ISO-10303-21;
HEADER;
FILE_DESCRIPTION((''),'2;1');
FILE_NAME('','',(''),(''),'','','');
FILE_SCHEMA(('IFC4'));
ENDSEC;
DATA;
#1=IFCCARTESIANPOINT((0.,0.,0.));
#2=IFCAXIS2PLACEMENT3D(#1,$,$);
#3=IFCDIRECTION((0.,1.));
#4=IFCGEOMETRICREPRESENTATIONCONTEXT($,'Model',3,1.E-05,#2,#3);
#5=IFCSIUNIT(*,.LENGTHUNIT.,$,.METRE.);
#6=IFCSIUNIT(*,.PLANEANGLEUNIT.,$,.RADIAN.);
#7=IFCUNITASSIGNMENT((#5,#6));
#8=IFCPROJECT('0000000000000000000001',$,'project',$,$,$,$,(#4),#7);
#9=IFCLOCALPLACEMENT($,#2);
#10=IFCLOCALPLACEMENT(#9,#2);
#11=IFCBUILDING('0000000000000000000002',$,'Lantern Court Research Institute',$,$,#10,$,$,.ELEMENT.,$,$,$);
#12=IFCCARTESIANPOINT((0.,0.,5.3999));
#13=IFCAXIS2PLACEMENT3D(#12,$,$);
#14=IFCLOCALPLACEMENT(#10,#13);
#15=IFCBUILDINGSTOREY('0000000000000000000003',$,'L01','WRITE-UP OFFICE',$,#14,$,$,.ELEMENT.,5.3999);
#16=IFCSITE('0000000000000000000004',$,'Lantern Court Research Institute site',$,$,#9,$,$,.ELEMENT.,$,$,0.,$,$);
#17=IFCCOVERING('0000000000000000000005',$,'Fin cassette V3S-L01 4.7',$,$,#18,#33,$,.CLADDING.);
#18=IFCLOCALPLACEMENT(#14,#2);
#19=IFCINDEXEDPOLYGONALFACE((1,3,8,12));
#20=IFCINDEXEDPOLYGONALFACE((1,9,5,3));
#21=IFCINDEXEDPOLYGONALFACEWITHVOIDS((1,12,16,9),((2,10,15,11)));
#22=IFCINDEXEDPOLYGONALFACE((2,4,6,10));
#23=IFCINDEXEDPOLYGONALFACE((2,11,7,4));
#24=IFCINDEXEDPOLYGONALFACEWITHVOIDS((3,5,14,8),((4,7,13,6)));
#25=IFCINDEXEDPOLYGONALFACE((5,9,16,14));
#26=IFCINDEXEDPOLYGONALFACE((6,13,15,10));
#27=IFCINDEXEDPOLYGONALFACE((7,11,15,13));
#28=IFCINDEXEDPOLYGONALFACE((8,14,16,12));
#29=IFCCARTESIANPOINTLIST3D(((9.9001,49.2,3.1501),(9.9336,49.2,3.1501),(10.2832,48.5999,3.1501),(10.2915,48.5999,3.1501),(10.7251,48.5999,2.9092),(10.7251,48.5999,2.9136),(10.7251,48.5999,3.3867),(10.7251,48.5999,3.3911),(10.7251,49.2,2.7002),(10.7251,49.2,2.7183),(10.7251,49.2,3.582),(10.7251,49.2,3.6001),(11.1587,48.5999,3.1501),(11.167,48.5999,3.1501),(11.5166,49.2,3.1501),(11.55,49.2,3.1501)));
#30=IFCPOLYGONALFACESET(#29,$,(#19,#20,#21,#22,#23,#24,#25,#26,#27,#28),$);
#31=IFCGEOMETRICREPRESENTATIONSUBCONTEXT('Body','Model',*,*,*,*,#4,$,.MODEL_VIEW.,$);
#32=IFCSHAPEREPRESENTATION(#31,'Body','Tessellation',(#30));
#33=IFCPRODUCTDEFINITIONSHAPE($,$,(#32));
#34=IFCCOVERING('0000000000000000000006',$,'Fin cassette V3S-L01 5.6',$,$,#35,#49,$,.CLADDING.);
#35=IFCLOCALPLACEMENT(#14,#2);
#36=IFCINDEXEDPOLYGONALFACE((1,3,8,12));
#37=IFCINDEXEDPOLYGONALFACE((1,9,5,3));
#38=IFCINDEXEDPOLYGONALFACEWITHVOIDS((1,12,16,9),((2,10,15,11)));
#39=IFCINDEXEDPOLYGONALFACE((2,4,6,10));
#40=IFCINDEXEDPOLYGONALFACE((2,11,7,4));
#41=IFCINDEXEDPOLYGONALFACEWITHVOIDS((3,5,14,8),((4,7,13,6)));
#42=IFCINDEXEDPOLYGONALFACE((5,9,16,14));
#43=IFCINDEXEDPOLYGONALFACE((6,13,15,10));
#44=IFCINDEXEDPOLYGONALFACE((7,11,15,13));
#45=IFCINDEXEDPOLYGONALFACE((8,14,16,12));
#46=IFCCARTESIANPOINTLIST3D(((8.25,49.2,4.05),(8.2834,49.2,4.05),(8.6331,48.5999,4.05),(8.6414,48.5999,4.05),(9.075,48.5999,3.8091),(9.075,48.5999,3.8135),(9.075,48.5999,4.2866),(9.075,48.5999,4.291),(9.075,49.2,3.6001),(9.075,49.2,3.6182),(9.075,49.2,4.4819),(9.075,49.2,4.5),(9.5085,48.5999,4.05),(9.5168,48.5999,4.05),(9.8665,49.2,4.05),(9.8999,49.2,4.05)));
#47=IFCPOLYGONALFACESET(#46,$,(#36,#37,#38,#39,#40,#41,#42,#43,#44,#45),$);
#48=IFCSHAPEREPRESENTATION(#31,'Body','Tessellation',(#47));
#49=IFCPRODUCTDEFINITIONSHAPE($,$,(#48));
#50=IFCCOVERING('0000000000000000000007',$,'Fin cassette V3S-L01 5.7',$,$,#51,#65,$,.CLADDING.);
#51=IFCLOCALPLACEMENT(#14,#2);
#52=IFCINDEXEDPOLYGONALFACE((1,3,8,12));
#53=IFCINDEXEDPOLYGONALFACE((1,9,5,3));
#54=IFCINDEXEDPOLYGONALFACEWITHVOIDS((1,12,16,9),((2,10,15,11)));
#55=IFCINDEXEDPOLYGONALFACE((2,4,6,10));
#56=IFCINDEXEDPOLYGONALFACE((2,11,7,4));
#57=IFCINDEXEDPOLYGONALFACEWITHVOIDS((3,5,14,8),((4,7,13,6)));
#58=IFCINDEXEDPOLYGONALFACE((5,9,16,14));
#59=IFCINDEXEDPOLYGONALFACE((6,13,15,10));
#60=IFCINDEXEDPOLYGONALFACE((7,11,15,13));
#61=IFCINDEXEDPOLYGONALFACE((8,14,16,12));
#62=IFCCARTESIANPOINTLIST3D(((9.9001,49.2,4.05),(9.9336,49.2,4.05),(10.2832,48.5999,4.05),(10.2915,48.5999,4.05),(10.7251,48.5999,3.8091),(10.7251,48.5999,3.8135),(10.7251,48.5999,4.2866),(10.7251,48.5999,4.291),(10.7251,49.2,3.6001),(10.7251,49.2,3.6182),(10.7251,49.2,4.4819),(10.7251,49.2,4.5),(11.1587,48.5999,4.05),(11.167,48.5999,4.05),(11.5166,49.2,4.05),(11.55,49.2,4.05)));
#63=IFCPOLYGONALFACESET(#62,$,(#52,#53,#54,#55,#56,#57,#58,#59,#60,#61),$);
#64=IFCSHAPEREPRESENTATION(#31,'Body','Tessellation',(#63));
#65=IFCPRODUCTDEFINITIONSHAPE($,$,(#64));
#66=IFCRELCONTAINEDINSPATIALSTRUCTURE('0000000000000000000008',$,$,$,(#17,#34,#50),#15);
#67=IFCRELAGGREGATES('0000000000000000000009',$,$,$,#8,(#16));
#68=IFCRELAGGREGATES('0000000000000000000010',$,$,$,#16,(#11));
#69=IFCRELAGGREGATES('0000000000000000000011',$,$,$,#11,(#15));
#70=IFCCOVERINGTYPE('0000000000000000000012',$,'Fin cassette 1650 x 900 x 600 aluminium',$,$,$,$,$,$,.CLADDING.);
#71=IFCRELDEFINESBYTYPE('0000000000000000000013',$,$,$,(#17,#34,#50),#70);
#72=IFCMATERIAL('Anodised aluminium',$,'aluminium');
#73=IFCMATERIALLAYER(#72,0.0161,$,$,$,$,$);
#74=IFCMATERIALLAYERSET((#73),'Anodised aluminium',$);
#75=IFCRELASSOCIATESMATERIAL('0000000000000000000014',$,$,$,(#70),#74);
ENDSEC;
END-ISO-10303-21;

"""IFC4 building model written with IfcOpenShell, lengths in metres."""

from ifc_helpers import new_model, entity, si_unit, direction, frame, origin, place, context, subcontext, project, spatial, material, layer, layer_set, type_object, element, save


model = new_model("IFC4")

# Units and contexts
model_context = context("Model", 3, precision=1e-05, world=origin(), true_north=direction((0.0, 1.0)))
body_context = subcontext(model_context, "Body", "Model", "MODEL_VIEW")
ifc_project = project(units=[si_unit("LENGTHUNIT", "METRE"), si_unit("PLANEANGLEUNIT", "RADIAN")], contexts=[model_context])

# Site, building, storey
site_placement = place(None, origin())
site = spatial("IfcSite", under=ifc_project, at=site_placement, Name="Lantern Court Research Institute site", CompositionType="ELEMENT", RefElevation=0.0)
building_placement = place(site_placement, origin())
building = spatial("IfcBuilding", under=site, at=building_placement, Name="Lantern Court Research Institute", CompositionType="ELEMENT")
storey_placement = place(building_placement, frame((0.0, 0.0, 5.3999)))
storey = spatial("IfcBuildingStorey", under=building, at=storey_placement, Name="L01", Description="WRITE-UP OFFICE", CompositionType="ELEMENT", Elevation=5.3999)

# Coverings
ifc_material_1 = material(Name="Anodised aluminium", Category="aluminium")
ifc_layer_1 = layer(ifc_material_1, 0.0161)
ifc_layer_set_1 = layer_set([ifc_layer_1], Name="Anodised aluminium")
covering_type_1 = type_object("IfcCoveringType", Name="Fin cassette 1650 x 900 x 600 aluminium", PredefinedType="CLADDING", material=ifc_layer_set_1)
covering_1_placement = place(storey_placement, frame((10.7251, 49.2, 3.1501), z_axis=(0.0, -1.0, 0.0), x_axis=(1.0, 0.0, 0.0)))
cartesian_point_1 = entity("IfcCartesianPoint", [0.825, 0.0])
cartesian_point_2 = entity("IfcCartesianPoint", [0.7915, 0.0])
cartesian_point_3 = entity("IfcCartesianPoint", [0.4419, 0.0])
cartesian_point_4 = entity("IfcCartesianPoint", [0.4336, 0.0])
element("IfcCovering", 1, at=covering_1_placement, inside=storey, type_object=covering_type_1, Name="Fin cassette V3S-L01 4.7", PredefinedType="CLADDING", context=body_context, shape_type="SweptSolid", body=[
    entity("IfcExtrudedAreaSolidTapered", entity("IfcArbitraryProfileDefWithVoids", "AREA", None, entity("IfcPolyline", [cartesian_point_1, entity("IfcCartesianPoint", [0.0, 0.45]), entity("IfcCartesianPoint", [-0.825, 0.0]), entity("IfcCartesianPoint", [0.0, -0.45]), cartesian_point_1]), [entity("IfcPolyline", [cartesian_point_2, entity("IfcCartesianPoint", [0.0, 0.4319]), entity("IfcCartesianPoint", [-0.7915, 0.0]), entity("IfcCartesianPoint", [0.0, -0.4319]), cartesian_point_2])]), entity("IfcAxis2Placement3D", entity("IfcCartesianPoint", [0.0, 0.0, 0.0])), entity("IfcDirection", [0.0, 0.0, 1.0]), 0.6001, entity("IfcArbitraryProfileDefWithVoids", "AREA", None, entity("IfcPolyline", [cartesian_point_3, entity("IfcCartesianPoint", [0.0, 0.241]), entity("IfcCartesianPoint", [-0.4419, 0.0]), entity("IfcCartesianPoint", [0.0, -0.241]), cartesian_point_3]), [entity("IfcPolyline", [cartesian_point_4, entity("IfcCartesianPoint", [0.0, 0.2366]), entity("IfcCartesianPoint", [-0.4336, 0.0]), entity("IfcCartesianPoint", [0.0, -0.2366]), cartesian_point_4])])),
])
covering_2_placement = place(storey_placement, frame((9.075, 49.2, 4.05), z_axis=(0.0, -1.0, 0.0), x_axis=(1.0, 0.0, 0.0)))
cartesian_point_5 = entity("IfcCartesianPoint", [0.825, 0.0])
cartesian_point_6 = entity("IfcCartesianPoint", [0.7915, 0.0])
cartesian_point_7 = entity("IfcCartesianPoint", [0.4419, 0.0])
cartesian_point_8 = entity("IfcCartesianPoint", [0.4336, 0.0])
element("IfcCovering", 2, at=covering_2_placement, inside=storey, type_object=covering_type_1, Name="Fin cassette V3S-L01 5.6", PredefinedType="CLADDING", context=body_context, shape_type="SweptSolid", body=[
    entity("IfcExtrudedAreaSolidTapered", entity("IfcArbitraryProfileDefWithVoids", "AREA", None, entity("IfcPolyline", [cartesian_point_5, entity("IfcCartesianPoint", [0.0, 0.45]), entity("IfcCartesianPoint", [-0.825, 0.0]), entity("IfcCartesianPoint", [0.0, -0.45]), cartesian_point_5]), [entity("IfcPolyline", [cartesian_point_6, entity("IfcCartesianPoint", [0.0, 0.4319]), entity("IfcCartesianPoint", [-0.7915, 0.0]), entity("IfcCartesianPoint", [0.0, -0.4319]), cartesian_point_6])]), entity("IfcAxis2Placement3D", entity("IfcCartesianPoint", [0.0, 0.0, 0.0])), entity("IfcDirection", [0.0, 0.0, 1.0]), 0.6001, entity("IfcArbitraryProfileDefWithVoids", "AREA", None, entity("IfcPolyline", [cartesian_point_7, entity("IfcCartesianPoint", [0.0, 0.241]), entity("IfcCartesianPoint", [-0.4419, 0.0]), entity("IfcCartesianPoint", [0.0, -0.241]), cartesian_point_7]), [entity("IfcPolyline", [cartesian_point_8, entity("IfcCartesianPoint", [0.0, 0.2366]), entity("IfcCartesianPoint", [-0.4336, 0.0]), entity("IfcCartesianPoint", [0.0, -0.2366]), cartesian_point_8])])),
])
covering_3_placement = place(storey_placement, frame((10.7251, 49.2, 4.05), z_axis=(0.0, -1.0, 0.0), x_axis=(1.0, 0.0, 0.0)))
cartesian_point_9 = entity("IfcCartesianPoint", [0.825, 0.0])
cartesian_point_10 = entity("IfcCartesianPoint", [0.7915, 0.0])
cartesian_point_11 = entity("IfcCartesianPoint", [0.4419, 0.0])
cartesian_point_12 = entity("IfcCartesianPoint", [0.4336, 0.0])
element("IfcCovering", 3, at=covering_3_placement, inside=storey, type_object=covering_type_1, Name="Fin cassette V3S-L01 5.7", PredefinedType="CLADDING", context=body_context, shape_type="SweptSolid", body=[
    entity("IfcExtrudedAreaSolidTapered", entity("IfcArbitraryProfileDefWithVoids", "AREA", None, entity("IfcPolyline", [cartesian_point_9, entity("IfcCartesianPoint", [0.0, 0.45]), entity("IfcCartesianPoint", [-0.825, 0.0]), entity("IfcCartesianPoint", [0.0, -0.45]), cartesian_point_9]), [entity("IfcPolyline", [cartesian_point_10, entity("IfcCartesianPoint", [0.0, 0.4319]), entity("IfcCartesianPoint", [-0.7915, 0.0]), entity("IfcCartesianPoint", [0.0, -0.4319]), cartesian_point_10])]), entity("IfcAxis2Placement3D", entity("IfcCartesianPoint", [0.0, 0.0, 0.0])), entity("IfcDirection", [0.0, 0.0, 1.0]), 0.6001, entity("IfcArbitraryProfileDefWithVoids", "AREA", None, entity("IfcPolyline", [cartesian_point_11, entity("IfcCartesianPoint", [0.0, 0.241]), entity("IfcCartesianPoint", [-0.4419, 0.0]), entity("IfcCartesianPoint", [0.0, -0.241]), cartesian_point_11]), [entity("IfcPolyline", [cartesian_point_12, entity("IfcCartesianPoint", [0.0, 0.2366]), entity("IfcCartesianPoint", [-0.4336, 0.0]), entity("IfcCartesianPoint", [0.0, -0.2366]), cartesian_point_12])])),
])

save(model, "model.ifc")
